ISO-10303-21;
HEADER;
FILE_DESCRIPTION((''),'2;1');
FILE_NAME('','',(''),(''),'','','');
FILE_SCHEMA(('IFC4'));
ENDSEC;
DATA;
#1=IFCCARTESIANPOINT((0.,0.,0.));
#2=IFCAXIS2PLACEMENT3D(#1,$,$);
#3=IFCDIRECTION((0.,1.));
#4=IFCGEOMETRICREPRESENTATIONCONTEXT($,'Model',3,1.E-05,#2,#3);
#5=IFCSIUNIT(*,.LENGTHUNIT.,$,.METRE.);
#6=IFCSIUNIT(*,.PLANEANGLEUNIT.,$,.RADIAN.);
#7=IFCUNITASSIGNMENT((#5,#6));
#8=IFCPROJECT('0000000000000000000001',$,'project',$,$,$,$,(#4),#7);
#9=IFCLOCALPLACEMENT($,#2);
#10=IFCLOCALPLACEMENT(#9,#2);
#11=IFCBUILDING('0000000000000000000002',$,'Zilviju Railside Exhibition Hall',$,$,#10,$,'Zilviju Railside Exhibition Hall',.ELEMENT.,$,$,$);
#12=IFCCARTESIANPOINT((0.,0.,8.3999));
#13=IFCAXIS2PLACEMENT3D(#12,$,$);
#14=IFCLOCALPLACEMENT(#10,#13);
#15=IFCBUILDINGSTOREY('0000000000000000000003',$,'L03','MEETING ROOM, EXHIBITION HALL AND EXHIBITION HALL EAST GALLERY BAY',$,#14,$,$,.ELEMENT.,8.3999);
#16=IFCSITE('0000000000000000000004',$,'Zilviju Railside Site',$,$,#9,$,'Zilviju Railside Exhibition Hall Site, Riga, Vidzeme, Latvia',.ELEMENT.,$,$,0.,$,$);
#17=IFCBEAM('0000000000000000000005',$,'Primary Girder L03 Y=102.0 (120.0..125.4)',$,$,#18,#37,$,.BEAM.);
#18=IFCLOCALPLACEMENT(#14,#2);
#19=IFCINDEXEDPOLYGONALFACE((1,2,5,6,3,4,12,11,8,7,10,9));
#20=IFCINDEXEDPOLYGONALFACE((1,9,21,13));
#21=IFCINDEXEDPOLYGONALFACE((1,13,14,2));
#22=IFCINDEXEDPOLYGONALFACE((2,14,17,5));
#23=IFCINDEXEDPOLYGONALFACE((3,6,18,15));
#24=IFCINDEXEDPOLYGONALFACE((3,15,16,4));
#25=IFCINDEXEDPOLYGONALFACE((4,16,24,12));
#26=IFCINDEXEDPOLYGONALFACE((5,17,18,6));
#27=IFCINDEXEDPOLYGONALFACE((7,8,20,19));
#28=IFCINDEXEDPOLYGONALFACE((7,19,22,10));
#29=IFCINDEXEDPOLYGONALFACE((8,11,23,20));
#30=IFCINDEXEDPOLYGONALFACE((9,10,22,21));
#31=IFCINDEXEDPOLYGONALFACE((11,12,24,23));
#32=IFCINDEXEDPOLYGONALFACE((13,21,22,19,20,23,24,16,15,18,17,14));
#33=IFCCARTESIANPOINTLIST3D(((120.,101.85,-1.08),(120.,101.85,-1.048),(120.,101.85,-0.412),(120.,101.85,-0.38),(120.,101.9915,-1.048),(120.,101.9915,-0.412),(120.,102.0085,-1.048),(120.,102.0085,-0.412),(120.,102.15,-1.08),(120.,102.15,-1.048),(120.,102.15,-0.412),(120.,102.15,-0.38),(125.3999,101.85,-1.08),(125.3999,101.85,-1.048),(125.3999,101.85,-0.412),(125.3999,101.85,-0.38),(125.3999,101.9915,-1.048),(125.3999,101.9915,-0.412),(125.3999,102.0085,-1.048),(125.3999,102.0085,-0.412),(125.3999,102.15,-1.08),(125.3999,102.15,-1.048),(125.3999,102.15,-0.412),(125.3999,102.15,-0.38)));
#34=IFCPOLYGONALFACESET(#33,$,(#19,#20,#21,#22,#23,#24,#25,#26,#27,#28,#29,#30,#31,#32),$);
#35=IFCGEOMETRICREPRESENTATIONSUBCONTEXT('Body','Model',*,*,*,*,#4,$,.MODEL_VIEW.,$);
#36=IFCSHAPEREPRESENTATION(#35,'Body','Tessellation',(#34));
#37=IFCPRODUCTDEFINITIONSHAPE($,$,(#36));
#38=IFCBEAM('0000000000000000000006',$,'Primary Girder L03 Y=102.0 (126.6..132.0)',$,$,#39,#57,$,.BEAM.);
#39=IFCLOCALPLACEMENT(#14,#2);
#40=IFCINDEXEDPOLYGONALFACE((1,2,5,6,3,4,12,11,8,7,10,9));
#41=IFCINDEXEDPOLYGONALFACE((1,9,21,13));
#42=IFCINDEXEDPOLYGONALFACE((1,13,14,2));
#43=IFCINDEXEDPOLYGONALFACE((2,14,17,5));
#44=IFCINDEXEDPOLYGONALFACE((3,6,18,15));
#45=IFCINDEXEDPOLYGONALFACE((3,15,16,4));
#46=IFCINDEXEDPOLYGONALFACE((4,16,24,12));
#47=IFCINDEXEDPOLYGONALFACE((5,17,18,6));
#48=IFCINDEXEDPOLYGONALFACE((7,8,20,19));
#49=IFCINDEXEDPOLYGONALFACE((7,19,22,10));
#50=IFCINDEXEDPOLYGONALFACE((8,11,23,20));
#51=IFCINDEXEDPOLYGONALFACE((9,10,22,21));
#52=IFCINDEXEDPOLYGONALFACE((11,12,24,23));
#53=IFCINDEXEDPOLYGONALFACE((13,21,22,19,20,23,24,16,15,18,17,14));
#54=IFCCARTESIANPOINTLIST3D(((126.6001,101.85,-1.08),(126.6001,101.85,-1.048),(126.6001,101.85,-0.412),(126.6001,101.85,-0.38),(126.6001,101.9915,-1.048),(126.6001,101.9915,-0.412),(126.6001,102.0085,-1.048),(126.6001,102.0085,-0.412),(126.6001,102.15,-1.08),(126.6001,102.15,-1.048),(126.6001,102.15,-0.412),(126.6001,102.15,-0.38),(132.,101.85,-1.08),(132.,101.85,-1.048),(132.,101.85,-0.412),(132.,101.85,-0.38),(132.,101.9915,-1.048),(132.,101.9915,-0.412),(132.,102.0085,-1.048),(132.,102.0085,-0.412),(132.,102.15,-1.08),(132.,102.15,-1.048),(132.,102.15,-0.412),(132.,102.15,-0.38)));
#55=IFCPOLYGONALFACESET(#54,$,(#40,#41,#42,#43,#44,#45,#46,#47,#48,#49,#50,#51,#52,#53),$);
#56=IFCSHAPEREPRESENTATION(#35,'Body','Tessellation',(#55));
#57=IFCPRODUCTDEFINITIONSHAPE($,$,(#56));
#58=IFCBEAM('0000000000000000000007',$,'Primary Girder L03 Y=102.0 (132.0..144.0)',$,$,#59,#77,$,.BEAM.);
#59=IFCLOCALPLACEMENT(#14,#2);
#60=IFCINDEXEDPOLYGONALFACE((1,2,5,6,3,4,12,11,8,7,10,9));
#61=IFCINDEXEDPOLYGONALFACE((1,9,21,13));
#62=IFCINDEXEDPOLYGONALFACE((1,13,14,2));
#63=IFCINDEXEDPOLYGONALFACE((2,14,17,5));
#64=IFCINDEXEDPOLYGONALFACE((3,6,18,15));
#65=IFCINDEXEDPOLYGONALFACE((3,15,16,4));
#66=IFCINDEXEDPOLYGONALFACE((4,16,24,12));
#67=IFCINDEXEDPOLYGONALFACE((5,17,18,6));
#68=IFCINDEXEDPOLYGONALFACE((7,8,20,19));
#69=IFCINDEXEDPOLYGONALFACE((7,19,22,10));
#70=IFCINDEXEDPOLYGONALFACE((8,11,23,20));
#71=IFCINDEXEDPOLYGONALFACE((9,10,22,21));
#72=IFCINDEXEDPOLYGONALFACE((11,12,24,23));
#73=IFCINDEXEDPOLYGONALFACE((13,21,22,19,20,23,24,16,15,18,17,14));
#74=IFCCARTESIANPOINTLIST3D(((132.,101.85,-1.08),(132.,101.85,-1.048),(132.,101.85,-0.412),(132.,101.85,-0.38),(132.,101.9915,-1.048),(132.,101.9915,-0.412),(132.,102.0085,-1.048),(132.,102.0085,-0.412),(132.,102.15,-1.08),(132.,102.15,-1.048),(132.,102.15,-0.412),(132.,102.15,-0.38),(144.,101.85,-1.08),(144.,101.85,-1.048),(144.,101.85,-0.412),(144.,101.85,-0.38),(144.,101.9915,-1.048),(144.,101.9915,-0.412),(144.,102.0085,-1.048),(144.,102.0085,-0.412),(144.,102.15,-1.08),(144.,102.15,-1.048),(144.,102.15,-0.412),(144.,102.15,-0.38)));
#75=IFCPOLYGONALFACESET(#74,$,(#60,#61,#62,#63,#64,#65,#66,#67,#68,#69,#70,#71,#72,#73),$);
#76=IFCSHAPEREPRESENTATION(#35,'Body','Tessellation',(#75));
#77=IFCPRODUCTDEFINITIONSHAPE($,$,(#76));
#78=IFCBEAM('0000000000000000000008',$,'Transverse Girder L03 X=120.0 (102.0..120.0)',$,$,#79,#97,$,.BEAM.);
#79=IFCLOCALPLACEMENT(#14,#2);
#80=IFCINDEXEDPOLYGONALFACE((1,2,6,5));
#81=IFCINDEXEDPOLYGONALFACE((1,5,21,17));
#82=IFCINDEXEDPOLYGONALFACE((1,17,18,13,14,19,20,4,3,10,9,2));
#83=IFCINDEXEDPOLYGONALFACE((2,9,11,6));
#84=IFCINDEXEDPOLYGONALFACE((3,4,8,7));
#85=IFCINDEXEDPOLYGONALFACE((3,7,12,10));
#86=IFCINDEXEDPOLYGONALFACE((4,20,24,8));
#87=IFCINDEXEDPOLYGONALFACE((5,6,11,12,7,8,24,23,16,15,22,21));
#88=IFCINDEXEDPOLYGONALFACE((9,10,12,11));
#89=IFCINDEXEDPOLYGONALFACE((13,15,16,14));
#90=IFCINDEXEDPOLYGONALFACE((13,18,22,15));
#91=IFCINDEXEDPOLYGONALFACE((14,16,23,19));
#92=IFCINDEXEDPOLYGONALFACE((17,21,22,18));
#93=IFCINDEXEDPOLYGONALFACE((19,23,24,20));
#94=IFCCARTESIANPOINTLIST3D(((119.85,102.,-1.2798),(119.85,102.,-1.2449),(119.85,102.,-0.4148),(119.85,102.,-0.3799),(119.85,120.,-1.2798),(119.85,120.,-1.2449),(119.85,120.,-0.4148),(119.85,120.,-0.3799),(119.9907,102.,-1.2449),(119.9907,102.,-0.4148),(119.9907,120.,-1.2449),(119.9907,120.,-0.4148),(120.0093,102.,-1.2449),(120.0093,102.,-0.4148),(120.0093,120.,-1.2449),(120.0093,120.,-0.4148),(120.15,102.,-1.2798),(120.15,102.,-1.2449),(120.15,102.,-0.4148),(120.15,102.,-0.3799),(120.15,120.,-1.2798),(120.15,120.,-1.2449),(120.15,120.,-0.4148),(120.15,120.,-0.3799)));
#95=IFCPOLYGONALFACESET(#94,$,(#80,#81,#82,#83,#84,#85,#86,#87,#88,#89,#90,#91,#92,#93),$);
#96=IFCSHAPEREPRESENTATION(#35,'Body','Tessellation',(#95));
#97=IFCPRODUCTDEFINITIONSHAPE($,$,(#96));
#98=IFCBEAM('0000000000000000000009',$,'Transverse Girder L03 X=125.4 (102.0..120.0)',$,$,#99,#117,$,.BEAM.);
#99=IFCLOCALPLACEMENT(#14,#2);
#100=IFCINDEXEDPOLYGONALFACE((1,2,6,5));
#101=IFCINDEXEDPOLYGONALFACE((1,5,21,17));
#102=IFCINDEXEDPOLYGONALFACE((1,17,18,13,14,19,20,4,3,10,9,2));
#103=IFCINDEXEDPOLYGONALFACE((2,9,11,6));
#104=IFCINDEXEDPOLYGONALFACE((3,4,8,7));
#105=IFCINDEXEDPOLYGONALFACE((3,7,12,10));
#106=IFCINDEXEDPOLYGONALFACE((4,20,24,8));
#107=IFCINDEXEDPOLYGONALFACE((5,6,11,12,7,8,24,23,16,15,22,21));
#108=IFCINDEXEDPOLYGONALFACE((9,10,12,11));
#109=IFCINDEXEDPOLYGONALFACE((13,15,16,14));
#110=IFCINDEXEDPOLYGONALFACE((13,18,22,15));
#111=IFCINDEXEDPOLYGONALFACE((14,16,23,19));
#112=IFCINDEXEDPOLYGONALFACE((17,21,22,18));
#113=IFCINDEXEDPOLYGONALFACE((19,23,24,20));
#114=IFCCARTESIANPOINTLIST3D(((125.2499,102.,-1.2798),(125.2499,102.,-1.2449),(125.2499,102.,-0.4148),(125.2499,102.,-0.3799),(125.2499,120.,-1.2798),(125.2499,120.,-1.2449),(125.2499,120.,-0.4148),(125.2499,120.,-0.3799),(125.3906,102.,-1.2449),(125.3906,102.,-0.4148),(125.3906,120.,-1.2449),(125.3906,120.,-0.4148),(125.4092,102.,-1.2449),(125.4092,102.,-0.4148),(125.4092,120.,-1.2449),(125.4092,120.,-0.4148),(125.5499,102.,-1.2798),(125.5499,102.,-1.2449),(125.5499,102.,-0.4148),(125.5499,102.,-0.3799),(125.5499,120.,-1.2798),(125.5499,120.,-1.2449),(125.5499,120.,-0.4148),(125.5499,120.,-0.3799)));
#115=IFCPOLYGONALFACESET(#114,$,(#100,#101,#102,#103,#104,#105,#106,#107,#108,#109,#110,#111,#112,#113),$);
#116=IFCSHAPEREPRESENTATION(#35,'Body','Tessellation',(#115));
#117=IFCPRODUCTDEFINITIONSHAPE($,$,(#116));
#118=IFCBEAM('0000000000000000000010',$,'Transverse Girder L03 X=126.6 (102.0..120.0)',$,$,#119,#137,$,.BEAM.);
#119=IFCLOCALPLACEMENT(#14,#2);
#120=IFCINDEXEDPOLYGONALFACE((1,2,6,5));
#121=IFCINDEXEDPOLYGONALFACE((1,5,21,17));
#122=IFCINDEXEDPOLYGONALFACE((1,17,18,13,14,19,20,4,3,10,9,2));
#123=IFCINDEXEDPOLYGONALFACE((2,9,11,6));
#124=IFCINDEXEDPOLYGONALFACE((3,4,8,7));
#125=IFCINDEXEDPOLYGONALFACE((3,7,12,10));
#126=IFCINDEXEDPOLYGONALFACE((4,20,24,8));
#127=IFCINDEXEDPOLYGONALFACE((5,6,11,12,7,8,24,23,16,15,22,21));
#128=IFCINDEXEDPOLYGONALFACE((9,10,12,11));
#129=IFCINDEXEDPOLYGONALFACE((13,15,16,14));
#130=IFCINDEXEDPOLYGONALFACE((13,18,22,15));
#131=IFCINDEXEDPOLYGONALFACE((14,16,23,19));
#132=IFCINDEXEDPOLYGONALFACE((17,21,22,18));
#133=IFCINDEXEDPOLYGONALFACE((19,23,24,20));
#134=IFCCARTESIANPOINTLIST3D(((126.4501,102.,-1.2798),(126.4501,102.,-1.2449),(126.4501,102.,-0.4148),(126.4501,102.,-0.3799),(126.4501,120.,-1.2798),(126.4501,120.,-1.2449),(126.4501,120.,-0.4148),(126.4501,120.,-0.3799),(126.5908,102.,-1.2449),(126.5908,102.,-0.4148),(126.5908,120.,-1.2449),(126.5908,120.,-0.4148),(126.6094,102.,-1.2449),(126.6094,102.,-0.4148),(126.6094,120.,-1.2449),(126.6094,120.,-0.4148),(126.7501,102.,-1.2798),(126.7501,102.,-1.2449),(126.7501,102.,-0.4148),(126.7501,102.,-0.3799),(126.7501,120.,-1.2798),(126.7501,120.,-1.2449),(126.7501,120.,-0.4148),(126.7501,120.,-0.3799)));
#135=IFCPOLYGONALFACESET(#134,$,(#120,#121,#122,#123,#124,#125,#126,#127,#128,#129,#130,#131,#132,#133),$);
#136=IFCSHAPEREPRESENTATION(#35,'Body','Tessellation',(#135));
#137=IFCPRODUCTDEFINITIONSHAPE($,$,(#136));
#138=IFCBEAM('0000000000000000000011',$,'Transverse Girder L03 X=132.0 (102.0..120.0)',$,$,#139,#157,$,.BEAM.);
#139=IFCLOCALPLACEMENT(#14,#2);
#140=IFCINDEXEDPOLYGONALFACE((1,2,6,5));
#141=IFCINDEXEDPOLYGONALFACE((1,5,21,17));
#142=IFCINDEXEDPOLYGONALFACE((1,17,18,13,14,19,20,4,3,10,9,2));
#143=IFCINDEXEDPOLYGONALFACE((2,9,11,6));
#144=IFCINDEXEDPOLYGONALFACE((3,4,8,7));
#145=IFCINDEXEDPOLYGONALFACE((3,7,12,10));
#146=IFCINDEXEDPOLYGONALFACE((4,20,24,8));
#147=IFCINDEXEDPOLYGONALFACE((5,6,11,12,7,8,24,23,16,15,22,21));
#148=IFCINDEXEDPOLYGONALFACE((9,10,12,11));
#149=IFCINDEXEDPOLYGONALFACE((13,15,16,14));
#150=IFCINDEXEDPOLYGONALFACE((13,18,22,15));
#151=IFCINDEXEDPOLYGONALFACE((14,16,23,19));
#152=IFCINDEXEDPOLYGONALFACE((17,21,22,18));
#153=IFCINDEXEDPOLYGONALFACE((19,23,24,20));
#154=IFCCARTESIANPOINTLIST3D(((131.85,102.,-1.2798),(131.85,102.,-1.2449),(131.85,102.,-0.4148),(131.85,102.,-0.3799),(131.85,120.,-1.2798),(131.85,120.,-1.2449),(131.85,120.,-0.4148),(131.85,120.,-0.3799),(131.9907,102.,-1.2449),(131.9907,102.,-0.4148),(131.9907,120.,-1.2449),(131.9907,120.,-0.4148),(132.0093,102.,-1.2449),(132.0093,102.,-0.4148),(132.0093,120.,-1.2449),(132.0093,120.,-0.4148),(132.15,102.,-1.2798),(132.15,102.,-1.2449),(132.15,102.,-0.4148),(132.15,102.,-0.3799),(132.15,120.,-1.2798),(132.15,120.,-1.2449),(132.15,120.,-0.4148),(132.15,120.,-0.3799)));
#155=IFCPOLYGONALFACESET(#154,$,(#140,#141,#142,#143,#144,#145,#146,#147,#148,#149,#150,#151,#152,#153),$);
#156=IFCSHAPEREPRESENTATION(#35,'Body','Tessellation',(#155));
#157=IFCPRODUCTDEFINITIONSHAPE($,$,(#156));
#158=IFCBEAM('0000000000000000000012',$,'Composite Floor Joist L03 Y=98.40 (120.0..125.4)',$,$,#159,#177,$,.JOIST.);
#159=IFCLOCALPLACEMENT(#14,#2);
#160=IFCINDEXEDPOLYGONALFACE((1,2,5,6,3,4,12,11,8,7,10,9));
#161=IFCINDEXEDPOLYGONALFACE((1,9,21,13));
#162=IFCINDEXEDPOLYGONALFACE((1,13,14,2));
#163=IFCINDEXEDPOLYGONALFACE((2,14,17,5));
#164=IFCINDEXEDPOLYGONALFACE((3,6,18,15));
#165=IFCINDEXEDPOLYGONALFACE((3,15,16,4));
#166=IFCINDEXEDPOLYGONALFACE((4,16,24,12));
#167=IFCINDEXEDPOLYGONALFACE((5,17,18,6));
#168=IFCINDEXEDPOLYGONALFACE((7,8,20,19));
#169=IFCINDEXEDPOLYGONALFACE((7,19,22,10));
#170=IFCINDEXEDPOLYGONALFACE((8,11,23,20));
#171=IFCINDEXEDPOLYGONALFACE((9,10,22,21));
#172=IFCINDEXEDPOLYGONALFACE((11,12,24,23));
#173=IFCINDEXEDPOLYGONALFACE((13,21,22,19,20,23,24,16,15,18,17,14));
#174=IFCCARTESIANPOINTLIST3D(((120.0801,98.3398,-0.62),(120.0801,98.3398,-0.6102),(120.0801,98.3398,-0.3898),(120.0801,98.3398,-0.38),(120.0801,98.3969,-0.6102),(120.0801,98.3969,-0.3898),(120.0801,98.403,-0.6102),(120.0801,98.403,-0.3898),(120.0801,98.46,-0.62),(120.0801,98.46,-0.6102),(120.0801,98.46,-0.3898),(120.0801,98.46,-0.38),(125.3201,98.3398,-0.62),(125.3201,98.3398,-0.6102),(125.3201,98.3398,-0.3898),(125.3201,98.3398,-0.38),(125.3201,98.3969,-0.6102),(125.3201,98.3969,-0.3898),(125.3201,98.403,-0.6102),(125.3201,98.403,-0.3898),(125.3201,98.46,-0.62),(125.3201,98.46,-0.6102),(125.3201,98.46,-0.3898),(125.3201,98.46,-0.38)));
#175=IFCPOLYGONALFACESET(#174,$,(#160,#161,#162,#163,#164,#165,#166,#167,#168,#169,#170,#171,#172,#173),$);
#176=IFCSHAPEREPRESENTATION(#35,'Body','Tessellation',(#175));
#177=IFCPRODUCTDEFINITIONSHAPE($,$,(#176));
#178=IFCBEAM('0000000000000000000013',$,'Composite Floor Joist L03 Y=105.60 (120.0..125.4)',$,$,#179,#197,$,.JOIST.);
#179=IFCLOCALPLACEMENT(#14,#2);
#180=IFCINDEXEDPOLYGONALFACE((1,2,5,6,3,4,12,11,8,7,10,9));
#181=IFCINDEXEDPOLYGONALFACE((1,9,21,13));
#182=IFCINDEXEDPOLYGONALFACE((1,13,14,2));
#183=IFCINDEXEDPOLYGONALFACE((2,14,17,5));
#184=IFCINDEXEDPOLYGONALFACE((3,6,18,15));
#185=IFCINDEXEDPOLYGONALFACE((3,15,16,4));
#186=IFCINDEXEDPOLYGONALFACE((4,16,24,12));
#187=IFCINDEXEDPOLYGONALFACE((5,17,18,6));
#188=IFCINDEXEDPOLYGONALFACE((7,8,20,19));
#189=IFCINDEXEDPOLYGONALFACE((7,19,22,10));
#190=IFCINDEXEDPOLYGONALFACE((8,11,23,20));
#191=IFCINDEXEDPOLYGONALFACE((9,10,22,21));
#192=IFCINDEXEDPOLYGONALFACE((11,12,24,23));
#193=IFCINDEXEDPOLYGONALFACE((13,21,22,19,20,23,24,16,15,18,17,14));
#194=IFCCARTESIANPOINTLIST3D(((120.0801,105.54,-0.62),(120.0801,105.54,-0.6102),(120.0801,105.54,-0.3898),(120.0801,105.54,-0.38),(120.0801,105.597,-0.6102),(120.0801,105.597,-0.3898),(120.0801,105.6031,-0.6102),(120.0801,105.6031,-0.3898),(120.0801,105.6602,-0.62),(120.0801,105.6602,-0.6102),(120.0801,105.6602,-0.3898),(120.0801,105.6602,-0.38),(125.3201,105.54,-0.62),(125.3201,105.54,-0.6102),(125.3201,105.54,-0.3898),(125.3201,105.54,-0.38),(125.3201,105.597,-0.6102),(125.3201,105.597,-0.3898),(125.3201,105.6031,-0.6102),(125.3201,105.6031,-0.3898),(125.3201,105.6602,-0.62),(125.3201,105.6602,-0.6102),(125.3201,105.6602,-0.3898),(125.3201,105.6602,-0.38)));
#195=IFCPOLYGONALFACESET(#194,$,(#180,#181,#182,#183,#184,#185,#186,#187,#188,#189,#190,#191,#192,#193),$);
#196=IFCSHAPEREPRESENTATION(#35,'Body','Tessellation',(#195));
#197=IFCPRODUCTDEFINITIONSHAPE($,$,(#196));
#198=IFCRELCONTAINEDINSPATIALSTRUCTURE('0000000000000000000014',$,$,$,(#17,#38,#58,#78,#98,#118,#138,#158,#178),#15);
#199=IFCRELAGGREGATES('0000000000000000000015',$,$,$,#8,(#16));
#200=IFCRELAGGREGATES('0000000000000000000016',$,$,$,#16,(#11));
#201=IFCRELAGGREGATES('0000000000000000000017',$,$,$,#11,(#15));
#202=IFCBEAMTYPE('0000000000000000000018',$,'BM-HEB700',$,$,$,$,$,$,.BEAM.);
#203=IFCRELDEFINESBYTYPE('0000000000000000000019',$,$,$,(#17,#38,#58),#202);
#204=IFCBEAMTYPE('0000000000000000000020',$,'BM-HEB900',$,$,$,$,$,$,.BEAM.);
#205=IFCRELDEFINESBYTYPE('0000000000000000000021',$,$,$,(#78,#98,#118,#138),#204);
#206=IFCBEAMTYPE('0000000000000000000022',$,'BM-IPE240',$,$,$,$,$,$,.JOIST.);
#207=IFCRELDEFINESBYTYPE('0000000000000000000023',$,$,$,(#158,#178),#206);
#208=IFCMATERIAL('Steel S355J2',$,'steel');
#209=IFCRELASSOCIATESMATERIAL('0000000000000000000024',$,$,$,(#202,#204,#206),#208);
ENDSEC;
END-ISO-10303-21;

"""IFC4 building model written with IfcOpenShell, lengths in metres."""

from ifc_helpers import new_model, si_unit, direction, frame, origin, origin_2d, place, context, subcontext, project, spatial, i_section, extrude, material, material_profile, profile_set, type_object, element, save


model = new_model("IFC4")

# Units and contexts
model_context = context("Model", 3, precision=1e-05, world=origin(), true_north=direction((0.0, 1.0)))
body_context = subcontext(model_context, "Body", "Model", "MODEL_VIEW")
ifc_project = project(units=[si_unit("LENGTHUNIT", "METRE"), si_unit("PLANEANGLEUNIT", "RADIAN")], contexts=[model_context])

# Site, building, storey
site_placement = place(None, origin())
site = spatial("IfcSite", under=ifc_project, at=site_placement, Name="Zilviju Railside Site", LongName="Zilviju Railside Exhibition Hall Site, Riga, Vidzeme, Latvia", CompositionType="ELEMENT", RefElevation=0.0)
building_placement = place(site_placement, origin())
building = spatial("IfcBuilding", under=site, at=building_placement, Name="Zilviju Railside Exhibition Hall", LongName="Zilviju Railside Exhibition Hall", CompositionType="ELEMENT")
storey_placement = place(building_placement, frame((0.0, 0.0, 8.3999)))
storey = spatial("IfcBuildingStorey", under=building, at=storey_placement, Name="L03", Description="MEETING ROOM, EXHIBITION HALL AND EXHIBITION HALL EAST GALLERY BAY", CompositionType="ELEMENT", Elevation=8.3999)

# Beams
ifc_material = material(Name="Steel S355J2", Category="steel")
ifc_material_profile_1 = material_profile(ifc_material, i_section(OverallWidth=0.3, OverallDepth=0.7, WebThickness=0.0171, FlangeThickness=0.032, at=origin_2d()), Name="HEB 700")
ifc_profile_set_1 = profile_set([ifc_material_profile_1], Name="Steel S355J2")
beam_type_1 = type_object("IfcBeamType", Name="BM-HEB700", PredefinedType="BEAM", material=ifc_profile_set_1)
for number, where, z_axis, x_axis, name in (
    (1, (120.0, 102.0, -0.73), (1.0, 0.0, 0.0), (0.0, 1.0, 0.0), "Primary Girder L03 Y=102.0 (120.0..125.4)"),
    (2, (126.6001, 102.0, -0.73), (1.0, 0.0, 0.0), (0.0, 1.0, 0.0), "Primary Girder L03 Y=102.0 (126.6..132.0)"),
):
    element("IfcBeam", number, at=place(storey_placement, frame(where, z_axis=z_axis, x_axis=x_axis)), inside=storey, type_object=beam_type_1, Name=name, PredefinedType="BEAM", context=body_context, shape_type="SweptSolid", body=[
        extrude(i_section(OverallWidth=0.3, OverallDepth=0.7, WebThickness=0.0171, FlangeThickness=0.032, at=origin_2d()), origin(), (0.0, 0.0, 1.0), 5.3999),
    ])
beam_placement = place(storey_placement, frame((132.0, 102.0, -0.73), z_axis=(1.0, 0.0, 0.0), x_axis=(0.0, 1.0, 0.0)))
element("IfcBeam", 3, at=beam_placement, inside=storey, type_object=beam_type_1, Name="Primary Girder L03 Y=102.0 (132.0..144.0)", PredefinedType="BEAM", context=body_context, shape_type="SweptSolid", body=[
    extrude(i_section(OverallWidth=0.3, OverallDepth=0.7, WebThickness=0.0171, FlangeThickness=0.032, at=origin_2d()), origin(), (0.0, 0.0, 1.0), 12.0),
])
ifc_material_profile_2 = material_profile(ifc_material, i_section(OverallWidth=0.3, OverallDepth=0.8999, WebThickness=0.0186, FlangeThickness=0.0349, at=origin_2d()), Name="HEB 900")
ifc_profile_set_2 = profile_set([ifc_material_profile_2], Name="Steel S355J2")
beam_type_2 = type_object("IfcBeamType", Name="BM-HEB900", PredefinedType="BEAM", material=ifc_profile_set_2)
for number, where, z_axis, x_axis, name in (
    (4, (120.0, 102.0, -0.8298), (0.0, 1.0, 0.0), (-1.0, 0.0, 0.0), "Transverse Girder L03 X=120.0 (102.0..120.0)"),
    (5, (125.3999, 102.0, -0.8298), (0.0, 1.0, 0.0), (-1.0, 0.0, 0.0), "Transverse Girder L03 X=125.4 (102.0..120.0)"),
    (6, (126.6001, 102.0, -0.8298), (0.0, 1.0, 0.0), (-1.0, 0.0, 0.0), "Transverse Girder L03 X=126.6 (102.0..120.0)"),
    (7, (132.0, 102.0, -0.8298), (0.0, 1.0, 0.0), (-1.0, 0.0, 0.0), "Transverse Girder L03 X=132.0 (102.0..120.0)"),
):
    element("IfcBeam", number, at=place(storey_placement, frame(where, z_axis=z_axis, x_axis=x_axis)), inside=storey, type_object=beam_type_2, Name=name, PredefinedType="BEAM", context=body_context, shape_type="SweptSolid", body=[
        extrude(i_section(OverallWidth=0.3, OverallDepth=0.8999, WebThickness=0.0186, FlangeThickness=0.0349, at=origin_2d()), origin(), (0.0, 0.0, 1.0), 18.0),
    ])
ifc_material_profile_3 = material_profile(ifc_material, i_section(OverallWidth=0.1201, OverallDepth=0.24, WebThickness=0.0061, FlangeThickness=0.0098, at=origin_2d()), Name="IPE 240")
ifc_profile_set_3 = profile_set([ifc_material_profile_3], Name="Steel S355J2")
beam_type_3 = type_object("IfcBeamType", Name="BM-IPE240", PredefinedType="JOIST", material=ifc_profile_set_3)
for number, where, z_axis, x_axis, name in (
    (8, (120.0801, 98.3999, -0.5), (1.0, 0.0, 0.0), (0.0, 1.0, 0.0), "Composite Floor Joist L03 Y=98.40 (120.0..125.4)"),
    (9, (120.0801, 105.6001, -0.5), (1.0, 0.0, 0.0), (0.0, 1.0, 0.0), "Composite Floor Joist L03 Y=105.60 (120.0..125.4)"),
):
    element("IfcBeam", number, at=place(storey_placement, frame(where, z_axis=z_axis, x_axis=x_axis)), inside=storey, type_object=beam_type_3, Name=name, PredefinedType="JOIST", context=body_context, shape_type="SweptSolid", body=[
        extrude(i_section(OverallWidth=0.1201, OverallDepth=0.24, WebThickness=0.0061, FlangeThickness=0.0098, at=origin_2d()), origin(), (0.0, 0.0, 1.0), 5.24),
    ])

save(model, "model.ifc")
